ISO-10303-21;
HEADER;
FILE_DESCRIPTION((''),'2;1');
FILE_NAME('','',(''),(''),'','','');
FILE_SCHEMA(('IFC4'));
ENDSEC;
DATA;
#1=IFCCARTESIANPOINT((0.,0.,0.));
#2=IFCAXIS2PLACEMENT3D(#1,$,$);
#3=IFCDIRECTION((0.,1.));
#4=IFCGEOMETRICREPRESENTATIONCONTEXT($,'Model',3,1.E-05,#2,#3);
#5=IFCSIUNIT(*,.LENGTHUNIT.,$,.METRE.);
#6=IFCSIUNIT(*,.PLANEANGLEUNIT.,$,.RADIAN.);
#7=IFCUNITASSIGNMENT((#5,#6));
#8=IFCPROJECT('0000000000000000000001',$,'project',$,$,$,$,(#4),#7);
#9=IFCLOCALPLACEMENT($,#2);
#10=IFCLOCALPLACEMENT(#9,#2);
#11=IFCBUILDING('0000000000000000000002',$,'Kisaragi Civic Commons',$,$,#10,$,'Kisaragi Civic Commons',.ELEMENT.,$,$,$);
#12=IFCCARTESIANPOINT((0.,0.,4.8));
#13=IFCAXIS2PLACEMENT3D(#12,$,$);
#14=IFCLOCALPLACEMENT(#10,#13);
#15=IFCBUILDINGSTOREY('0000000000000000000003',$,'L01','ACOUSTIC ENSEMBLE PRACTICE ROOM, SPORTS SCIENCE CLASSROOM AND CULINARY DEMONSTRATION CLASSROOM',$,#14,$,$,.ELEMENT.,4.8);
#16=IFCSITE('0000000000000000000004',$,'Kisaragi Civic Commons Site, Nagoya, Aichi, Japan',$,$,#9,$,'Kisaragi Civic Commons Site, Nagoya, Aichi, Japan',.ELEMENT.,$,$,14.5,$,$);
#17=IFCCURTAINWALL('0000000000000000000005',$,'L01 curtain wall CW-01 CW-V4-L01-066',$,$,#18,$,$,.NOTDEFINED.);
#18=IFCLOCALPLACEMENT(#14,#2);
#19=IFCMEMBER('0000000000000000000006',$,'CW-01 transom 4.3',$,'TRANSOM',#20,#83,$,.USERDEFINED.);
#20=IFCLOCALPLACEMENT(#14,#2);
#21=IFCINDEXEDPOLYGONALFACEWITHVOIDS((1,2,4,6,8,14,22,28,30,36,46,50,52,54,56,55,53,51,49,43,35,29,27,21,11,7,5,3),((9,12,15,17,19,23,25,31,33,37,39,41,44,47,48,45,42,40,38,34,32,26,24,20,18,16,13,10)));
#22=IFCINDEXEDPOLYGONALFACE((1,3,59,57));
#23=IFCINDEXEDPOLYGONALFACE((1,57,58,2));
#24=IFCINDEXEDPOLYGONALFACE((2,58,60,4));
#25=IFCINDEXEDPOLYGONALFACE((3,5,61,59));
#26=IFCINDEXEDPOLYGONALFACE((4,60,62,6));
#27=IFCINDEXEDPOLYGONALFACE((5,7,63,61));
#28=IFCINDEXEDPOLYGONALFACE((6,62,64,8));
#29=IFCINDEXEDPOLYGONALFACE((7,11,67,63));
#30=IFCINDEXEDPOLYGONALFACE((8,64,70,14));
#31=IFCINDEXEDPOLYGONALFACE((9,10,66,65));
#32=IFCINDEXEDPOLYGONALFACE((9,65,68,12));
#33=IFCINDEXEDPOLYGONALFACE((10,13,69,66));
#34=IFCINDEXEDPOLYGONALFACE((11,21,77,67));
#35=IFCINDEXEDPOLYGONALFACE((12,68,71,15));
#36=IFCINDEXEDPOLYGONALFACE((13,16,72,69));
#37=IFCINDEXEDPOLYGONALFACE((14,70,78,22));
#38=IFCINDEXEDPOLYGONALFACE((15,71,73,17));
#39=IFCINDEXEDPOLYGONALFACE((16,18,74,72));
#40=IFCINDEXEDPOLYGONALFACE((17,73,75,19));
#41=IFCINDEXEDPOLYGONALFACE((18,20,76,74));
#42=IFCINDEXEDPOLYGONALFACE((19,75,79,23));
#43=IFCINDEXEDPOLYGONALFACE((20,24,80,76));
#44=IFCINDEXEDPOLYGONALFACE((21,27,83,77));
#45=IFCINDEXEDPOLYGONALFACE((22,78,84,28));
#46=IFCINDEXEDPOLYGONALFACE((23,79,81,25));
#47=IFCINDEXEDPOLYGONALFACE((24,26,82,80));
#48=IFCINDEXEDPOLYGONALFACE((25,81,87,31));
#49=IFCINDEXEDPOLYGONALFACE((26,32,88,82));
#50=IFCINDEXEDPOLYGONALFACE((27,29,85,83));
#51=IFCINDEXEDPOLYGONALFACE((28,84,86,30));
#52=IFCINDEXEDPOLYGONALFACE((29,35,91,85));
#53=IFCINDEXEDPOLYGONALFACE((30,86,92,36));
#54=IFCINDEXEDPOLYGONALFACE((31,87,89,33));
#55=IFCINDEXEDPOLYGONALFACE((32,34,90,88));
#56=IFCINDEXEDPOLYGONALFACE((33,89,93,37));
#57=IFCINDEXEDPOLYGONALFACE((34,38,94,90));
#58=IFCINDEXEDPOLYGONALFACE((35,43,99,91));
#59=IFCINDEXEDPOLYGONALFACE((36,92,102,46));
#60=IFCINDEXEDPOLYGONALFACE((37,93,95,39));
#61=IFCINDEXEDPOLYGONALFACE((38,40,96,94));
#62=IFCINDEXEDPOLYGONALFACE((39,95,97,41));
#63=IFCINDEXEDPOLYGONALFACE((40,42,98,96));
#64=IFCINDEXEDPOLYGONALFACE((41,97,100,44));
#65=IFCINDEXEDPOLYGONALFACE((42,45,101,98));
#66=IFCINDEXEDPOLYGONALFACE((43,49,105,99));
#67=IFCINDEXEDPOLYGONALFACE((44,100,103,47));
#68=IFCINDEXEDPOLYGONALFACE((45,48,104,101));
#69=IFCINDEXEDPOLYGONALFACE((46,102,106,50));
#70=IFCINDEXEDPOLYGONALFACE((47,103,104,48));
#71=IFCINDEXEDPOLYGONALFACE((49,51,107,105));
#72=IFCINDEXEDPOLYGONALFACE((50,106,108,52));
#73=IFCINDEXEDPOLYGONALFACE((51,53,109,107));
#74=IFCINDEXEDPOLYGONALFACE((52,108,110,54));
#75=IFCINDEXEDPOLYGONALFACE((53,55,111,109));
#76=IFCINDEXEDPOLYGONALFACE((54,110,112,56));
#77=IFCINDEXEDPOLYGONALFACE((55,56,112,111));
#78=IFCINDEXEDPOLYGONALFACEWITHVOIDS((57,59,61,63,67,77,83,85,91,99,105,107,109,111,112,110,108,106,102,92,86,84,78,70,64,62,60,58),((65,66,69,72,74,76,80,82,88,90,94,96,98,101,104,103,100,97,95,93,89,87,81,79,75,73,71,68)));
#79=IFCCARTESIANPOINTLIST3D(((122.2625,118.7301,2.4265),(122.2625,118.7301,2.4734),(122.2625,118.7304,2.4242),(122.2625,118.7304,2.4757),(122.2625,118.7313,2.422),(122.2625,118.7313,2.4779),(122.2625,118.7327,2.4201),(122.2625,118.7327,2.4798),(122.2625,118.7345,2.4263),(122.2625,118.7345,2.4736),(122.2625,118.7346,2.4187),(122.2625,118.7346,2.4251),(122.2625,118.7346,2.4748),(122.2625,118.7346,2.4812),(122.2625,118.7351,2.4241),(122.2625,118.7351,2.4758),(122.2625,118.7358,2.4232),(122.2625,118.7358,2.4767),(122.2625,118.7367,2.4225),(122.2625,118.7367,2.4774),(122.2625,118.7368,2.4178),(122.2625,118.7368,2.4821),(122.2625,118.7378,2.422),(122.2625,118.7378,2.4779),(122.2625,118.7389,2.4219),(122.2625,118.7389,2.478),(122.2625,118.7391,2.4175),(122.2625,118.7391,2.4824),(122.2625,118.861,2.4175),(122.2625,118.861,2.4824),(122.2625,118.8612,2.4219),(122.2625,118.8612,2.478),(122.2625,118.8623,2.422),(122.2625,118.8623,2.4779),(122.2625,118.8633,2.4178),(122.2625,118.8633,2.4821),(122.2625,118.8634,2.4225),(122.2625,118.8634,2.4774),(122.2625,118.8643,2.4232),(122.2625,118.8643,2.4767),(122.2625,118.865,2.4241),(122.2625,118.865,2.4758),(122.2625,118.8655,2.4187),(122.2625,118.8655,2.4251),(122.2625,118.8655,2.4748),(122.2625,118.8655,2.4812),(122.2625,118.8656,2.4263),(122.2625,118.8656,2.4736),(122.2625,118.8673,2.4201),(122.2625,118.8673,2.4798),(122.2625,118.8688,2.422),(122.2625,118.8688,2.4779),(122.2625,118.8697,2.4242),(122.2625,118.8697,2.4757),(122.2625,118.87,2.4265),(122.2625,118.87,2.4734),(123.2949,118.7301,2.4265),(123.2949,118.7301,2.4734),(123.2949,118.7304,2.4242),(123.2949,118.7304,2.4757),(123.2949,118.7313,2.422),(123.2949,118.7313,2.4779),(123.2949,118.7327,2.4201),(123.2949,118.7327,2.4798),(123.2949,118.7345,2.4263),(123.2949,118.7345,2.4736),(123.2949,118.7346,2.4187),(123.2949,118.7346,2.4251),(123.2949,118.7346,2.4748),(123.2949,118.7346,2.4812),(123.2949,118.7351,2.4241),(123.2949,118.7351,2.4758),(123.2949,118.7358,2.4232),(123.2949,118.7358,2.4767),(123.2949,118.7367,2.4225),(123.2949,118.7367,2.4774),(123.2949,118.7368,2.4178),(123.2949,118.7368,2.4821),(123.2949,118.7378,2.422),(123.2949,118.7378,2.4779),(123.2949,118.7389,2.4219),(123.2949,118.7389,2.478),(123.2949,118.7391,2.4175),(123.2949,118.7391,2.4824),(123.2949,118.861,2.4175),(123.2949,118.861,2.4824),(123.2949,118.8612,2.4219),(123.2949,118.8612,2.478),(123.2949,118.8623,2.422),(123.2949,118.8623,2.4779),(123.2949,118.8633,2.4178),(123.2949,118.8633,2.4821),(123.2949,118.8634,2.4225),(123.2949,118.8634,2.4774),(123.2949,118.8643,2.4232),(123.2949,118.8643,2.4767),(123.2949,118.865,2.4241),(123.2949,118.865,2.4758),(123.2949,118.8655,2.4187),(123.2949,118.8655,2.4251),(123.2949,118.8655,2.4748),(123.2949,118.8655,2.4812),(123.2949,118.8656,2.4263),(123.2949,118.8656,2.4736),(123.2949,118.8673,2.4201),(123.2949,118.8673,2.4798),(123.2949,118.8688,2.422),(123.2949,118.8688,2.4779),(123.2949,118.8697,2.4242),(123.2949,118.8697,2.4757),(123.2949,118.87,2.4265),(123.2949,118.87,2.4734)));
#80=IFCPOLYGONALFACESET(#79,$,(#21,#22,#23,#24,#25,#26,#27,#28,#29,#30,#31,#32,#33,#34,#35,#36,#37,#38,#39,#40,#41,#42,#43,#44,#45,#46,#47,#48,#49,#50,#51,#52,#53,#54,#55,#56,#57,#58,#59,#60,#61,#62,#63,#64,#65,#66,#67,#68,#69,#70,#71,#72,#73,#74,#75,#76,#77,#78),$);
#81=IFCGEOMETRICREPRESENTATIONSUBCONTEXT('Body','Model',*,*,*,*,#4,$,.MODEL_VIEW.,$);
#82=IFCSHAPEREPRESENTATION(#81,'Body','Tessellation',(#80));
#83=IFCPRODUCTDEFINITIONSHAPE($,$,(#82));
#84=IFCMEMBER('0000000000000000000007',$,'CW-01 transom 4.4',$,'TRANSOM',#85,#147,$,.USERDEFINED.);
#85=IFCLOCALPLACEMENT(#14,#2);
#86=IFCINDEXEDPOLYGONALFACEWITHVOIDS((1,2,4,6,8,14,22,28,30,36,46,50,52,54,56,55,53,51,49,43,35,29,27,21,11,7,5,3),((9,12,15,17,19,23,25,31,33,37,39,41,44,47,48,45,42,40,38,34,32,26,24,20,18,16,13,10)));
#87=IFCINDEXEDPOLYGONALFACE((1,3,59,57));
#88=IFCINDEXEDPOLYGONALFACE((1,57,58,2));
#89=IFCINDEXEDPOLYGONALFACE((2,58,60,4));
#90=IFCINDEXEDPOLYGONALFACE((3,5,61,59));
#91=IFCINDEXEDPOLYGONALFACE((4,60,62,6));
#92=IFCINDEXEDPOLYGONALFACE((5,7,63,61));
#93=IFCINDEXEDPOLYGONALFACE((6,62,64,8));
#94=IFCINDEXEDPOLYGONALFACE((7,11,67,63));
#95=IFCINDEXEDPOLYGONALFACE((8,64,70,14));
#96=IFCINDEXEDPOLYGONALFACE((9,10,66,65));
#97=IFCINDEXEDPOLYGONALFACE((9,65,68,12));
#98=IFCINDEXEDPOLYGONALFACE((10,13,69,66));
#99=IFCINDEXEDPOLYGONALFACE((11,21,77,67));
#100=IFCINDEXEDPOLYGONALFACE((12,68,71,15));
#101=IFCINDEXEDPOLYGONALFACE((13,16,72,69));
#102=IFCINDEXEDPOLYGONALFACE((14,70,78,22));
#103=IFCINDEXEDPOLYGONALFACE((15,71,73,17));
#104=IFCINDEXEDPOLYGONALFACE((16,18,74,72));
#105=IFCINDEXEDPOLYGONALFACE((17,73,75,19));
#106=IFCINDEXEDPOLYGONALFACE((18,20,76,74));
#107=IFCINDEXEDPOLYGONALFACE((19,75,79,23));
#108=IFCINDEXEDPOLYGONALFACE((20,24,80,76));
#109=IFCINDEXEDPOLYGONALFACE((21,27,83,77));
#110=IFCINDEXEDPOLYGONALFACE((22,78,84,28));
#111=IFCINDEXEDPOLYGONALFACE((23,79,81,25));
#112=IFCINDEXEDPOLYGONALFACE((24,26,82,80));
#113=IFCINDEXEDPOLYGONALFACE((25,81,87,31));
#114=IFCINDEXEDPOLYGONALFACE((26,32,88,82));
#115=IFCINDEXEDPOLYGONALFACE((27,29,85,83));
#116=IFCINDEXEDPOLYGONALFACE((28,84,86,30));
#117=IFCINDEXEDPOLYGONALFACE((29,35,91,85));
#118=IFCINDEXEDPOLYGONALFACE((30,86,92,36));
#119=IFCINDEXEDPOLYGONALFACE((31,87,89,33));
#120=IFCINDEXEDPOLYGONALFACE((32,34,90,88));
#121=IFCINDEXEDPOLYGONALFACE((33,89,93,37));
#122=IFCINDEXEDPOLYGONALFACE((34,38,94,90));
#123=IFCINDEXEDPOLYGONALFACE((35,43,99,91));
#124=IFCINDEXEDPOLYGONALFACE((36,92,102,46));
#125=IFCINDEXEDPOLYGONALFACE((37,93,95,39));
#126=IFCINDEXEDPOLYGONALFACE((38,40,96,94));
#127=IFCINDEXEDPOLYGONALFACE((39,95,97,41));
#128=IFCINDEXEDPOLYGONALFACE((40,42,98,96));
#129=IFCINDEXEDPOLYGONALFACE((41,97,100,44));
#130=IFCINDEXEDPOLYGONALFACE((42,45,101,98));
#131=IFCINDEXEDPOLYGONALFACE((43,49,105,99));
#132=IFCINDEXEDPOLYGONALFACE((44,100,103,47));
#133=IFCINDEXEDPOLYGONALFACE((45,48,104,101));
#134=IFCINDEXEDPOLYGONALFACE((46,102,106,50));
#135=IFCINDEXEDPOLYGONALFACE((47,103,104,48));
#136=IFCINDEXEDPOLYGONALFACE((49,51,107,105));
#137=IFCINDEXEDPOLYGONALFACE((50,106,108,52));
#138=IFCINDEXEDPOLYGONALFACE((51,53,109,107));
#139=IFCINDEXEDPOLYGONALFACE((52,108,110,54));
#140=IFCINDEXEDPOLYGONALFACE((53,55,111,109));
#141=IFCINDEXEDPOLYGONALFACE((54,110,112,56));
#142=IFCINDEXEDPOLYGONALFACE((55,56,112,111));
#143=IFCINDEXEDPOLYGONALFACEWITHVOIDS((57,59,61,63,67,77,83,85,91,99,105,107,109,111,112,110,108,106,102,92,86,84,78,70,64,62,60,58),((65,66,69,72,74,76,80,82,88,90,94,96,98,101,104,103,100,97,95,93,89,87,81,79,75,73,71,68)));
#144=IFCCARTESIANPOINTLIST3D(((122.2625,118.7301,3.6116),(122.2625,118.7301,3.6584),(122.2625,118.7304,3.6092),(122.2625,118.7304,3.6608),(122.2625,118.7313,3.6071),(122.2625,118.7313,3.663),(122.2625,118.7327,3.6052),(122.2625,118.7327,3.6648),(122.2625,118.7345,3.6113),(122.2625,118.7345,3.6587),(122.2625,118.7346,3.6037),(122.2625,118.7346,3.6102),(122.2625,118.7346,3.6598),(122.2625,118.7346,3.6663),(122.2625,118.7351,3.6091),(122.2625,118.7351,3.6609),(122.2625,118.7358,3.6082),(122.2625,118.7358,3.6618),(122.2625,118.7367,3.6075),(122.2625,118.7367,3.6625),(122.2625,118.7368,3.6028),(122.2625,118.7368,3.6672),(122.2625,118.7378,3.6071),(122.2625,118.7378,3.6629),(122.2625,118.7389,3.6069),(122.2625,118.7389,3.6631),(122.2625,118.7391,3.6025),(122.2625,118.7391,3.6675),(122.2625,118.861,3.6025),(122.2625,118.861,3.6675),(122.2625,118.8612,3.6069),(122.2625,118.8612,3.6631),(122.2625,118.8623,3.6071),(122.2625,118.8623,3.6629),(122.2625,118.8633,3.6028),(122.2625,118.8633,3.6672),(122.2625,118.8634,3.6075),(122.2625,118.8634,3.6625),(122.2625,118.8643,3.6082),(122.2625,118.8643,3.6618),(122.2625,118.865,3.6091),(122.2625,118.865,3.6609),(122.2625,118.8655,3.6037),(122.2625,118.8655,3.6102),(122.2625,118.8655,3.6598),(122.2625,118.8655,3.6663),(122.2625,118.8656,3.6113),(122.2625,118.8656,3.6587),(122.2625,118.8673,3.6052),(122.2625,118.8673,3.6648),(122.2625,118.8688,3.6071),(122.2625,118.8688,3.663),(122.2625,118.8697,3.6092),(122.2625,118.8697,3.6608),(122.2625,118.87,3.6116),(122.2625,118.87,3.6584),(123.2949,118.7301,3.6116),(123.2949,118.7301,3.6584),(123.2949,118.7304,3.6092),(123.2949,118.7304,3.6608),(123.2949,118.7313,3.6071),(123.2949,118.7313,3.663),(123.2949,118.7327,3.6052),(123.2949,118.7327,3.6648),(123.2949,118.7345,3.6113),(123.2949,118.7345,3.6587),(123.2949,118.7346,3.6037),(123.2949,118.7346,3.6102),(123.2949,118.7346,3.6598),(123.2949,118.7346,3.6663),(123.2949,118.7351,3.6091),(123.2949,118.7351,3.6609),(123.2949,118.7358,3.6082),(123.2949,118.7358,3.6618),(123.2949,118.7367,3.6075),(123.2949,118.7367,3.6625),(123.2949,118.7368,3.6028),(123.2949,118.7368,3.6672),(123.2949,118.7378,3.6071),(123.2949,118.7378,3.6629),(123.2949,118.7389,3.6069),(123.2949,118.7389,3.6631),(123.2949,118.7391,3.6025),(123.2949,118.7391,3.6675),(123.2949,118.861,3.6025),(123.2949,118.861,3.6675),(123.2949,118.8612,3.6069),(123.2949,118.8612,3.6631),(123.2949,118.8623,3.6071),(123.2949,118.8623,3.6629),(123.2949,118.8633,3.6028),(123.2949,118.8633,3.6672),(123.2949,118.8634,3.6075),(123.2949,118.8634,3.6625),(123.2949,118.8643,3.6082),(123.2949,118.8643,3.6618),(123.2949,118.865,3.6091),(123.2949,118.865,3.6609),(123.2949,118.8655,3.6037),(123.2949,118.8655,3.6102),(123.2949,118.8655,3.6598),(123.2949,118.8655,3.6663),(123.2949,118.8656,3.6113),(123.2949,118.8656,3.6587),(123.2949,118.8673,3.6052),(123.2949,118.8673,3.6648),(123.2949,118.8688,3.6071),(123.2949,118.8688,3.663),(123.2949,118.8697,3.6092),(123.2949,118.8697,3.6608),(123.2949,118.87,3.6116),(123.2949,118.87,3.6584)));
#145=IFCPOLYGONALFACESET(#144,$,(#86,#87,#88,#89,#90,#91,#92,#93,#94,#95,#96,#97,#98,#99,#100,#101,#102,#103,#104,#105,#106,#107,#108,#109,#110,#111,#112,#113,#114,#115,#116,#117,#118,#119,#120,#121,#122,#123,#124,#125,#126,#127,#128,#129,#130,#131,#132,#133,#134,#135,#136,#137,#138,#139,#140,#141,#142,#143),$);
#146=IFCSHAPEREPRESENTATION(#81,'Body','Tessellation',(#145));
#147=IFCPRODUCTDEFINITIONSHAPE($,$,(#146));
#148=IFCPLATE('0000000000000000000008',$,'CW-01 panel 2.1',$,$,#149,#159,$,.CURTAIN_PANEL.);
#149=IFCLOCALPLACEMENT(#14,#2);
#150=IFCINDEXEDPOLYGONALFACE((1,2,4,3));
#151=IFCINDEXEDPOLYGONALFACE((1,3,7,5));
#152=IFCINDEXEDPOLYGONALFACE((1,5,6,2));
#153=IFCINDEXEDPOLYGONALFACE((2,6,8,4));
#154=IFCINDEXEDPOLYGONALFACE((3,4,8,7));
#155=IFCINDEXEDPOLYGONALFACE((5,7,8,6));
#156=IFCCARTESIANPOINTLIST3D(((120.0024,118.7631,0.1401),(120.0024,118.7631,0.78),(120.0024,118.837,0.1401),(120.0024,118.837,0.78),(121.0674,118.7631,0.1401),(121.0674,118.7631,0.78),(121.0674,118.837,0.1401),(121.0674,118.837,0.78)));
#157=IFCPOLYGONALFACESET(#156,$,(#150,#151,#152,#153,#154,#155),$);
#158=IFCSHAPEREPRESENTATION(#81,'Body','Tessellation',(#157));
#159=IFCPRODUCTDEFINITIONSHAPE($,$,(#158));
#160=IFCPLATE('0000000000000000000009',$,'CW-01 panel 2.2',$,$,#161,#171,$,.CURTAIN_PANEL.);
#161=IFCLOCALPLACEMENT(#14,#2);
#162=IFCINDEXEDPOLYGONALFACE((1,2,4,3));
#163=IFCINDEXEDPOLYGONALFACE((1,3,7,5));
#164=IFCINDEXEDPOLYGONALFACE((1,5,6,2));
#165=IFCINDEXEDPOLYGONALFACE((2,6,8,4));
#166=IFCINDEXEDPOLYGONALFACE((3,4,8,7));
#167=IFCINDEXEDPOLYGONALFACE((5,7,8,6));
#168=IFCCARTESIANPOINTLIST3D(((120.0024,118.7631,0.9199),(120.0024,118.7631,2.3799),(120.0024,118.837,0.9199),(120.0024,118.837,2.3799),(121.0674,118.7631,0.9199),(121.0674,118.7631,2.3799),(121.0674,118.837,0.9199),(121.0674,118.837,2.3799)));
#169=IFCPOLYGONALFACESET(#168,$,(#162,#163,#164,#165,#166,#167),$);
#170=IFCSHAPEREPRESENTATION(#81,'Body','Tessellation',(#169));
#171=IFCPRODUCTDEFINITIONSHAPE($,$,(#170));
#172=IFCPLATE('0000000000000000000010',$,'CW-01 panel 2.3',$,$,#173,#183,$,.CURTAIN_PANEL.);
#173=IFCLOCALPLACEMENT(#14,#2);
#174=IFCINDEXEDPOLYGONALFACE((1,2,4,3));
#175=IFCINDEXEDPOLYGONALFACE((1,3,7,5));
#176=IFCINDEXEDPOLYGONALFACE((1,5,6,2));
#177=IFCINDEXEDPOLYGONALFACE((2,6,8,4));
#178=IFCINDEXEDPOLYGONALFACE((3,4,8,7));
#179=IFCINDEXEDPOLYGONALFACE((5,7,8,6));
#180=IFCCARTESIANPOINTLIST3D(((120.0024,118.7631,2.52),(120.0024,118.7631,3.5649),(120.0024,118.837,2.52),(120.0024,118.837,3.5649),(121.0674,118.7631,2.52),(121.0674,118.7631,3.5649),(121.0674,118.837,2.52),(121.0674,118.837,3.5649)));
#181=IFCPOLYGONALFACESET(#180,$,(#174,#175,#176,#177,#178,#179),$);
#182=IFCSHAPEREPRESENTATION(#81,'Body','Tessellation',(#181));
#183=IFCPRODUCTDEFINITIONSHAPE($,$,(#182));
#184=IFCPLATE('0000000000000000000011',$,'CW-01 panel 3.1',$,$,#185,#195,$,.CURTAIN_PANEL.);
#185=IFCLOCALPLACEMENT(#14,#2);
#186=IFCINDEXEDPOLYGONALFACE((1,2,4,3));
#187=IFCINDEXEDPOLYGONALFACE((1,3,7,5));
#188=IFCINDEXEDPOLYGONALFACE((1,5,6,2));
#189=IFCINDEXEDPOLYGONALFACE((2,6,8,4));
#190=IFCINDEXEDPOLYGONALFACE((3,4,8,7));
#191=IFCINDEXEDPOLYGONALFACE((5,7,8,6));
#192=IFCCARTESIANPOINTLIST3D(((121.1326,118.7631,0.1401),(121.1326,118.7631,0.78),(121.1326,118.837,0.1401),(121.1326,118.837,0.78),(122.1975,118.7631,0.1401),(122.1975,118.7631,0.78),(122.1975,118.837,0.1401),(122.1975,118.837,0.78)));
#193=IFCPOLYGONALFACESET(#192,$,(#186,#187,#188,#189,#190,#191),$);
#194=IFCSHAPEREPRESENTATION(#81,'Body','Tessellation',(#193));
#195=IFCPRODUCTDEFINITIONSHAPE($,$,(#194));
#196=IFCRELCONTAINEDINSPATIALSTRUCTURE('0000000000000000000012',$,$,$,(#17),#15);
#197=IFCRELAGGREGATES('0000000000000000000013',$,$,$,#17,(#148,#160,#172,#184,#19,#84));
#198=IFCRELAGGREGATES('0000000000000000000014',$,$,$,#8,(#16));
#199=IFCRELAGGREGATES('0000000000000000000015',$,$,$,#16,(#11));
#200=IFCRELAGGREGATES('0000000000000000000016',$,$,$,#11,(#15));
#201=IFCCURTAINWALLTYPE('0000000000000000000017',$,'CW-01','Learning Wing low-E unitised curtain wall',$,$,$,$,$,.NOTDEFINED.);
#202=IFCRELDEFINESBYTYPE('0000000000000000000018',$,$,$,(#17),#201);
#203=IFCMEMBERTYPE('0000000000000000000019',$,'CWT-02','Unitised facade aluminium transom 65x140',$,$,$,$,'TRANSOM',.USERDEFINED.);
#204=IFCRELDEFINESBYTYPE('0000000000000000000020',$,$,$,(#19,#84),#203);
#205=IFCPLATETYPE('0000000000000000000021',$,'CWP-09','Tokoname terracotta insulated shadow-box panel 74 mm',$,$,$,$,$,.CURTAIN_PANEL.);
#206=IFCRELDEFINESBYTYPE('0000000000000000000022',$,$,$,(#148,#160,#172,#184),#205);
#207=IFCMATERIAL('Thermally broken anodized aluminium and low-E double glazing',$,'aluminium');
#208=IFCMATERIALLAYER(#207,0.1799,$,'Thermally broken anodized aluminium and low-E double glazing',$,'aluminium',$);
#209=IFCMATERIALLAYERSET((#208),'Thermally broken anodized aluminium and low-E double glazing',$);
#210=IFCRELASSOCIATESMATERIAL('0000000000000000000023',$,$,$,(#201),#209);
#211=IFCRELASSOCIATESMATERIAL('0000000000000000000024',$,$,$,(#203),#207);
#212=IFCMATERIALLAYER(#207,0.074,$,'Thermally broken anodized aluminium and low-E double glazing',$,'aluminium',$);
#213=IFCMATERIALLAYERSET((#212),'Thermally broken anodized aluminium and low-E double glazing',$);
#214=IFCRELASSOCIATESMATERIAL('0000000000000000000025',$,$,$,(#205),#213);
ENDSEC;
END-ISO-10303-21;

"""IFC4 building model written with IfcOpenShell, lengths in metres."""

from ifc_helpers import new_model, si_unit, direction, frame, origin, origin_2d, place, context, subcontext, project, spatial, rectangle, hollow_rectangle, extrude, material, layer, layer_set, material_profile, profile_set, type_object, element, aggregate, save


model = new_model("IFC4")

# Units and contexts
model_context = context("Model", 3, precision=1e-05, world=origin(), true_north=direction((0.0, 1.0)))
body_context = subcontext(model_context, "Body", "Model", "MODEL_VIEW")
ifc_project = project(units=[si_unit("LENGTHUNIT", "METRE"), si_unit("PLANEANGLEUNIT", "RADIAN")], contexts=[model_context])

# Site, building, storey
site_placement = place(None, origin())
site = spatial("IfcSite", under=ifc_project, at=site_placement, Name="Kisaragi Civic Commons Site, Nagoya, Aichi, Japan", LongName="Kisaragi Civic Commons Site, Nagoya, Aichi, Japan", CompositionType="ELEMENT", RefElevation=14.5)
building_placement = place(site_placement, origin())
building = spatial("IfcBuilding", under=site, at=building_placement, Name="Kisaragi Civic Commons", LongName="Kisaragi Civic Commons", CompositionType="ELEMENT")
storey_placement = place(building_placement, frame((0.0, 0.0, 4.8)))
storey = spatial("IfcBuildingStorey", under=building, at=storey_placement, Name="L01", Description="ACOUSTIC ENSEMBLE PRACTICE ROOM, SPORTS SCIENCE CLASSROOM AND CULINARY DEMONSTRATION CLASSROOM", CompositionType="ELEMENT", Elevation=4.8)

# Curtain wall, members, plates
ifc_material = material(Name="Thermally broken anodized aluminium and low-E double glazing", Category="aluminium")
ifc_layer_1 = layer(ifc_material, 0.1799, Name="Thermally broken anodized aluminium and low-E double glazing", Category="aluminium")
ifc_layer_set_1 = layer_set([ifc_layer_1], Name="Thermally broken anodized aluminium and low-E double glazing")
curtain_wall_type = type_object("IfcCurtainWallType", Name="CW-01", Description="Learning Wing low-E unitised curtain wall", PredefinedType="NOTDEFINED", material=ifc_layer_set_1)
curtain_wall_placement = place(storey_placement, origin())
curtain_wall = element("IfcCurtainWall", 1, at=curtain_wall_placement, inside=storey, type_object=curtain_wall_type, Name="L01 curtain wall CW-01 CW-V4-L01-066", PredefinedType="NOTDEFINED")
ifc_material_profile_1 = material_profile(ifc_material, hollow_rectangle(XDim=0.1399, YDim=0.0649, WallThickness=0.0044, InnerFilletRadius=0.0044, OuterFilletRadius=0.009, at=origin_2d()), Name="CWT-65x140x4.5", Category="aluminium")
ifc_profile_set_1 = profile_set([ifc_material_profile_1], Name="Thermally broken anodized aluminium and low-E double glazing")
member_type_1 = type_object("IfcMemberType", Name="CWT-02", Description="Unitised facade aluminium transom 65x140", ElementType="TRANSOM", PredefinedType="USERDEFINED", material=ifc_profile_set_1)
member_1_placement = place(storey_placement, frame((122.2625, 118.8, 2.45), z_axis=(1.0, 0.0, 0.0), x_axis=(0.0, 1.0, 0.0)))
member_1 = element("IfcMember", 2, at=member_1_placement, type_object=member_type_1, Name="CW-01 transom 4.3", ObjectType="TRANSOM", PredefinedType="USERDEFINED", context=body_context, shape_type="SweptSolid", body=[
    extrude(hollow_rectangle(XDim=0.1399, YDim=0.0649, WallThickness=0.0044, InnerFilletRadius=0.0044, OuterFilletRadius=0.009, at=origin_2d()), origin(), (0.0, 0.0, 1.0), 1.0325),
])
member_2_placement = place(storey_placement, frame((122.2625, 118.8, 3.635), z_axis=(1.0, 0.0, 0.0), x_axis=(0.0, 1.0, 0.0)))
member_2 = element("IfcMember", 3, at=member_2_placement, type_object=member_type_1, Name="CW-01 transom 4.4", ObjectType="TRANSOM", PredefinedType="USERDEFINED", context=body_context, shape_type="SweptSolid", body=[
    extrude(hollow_rectangle(XDim=0.1399, YDim=0.0649, WallThickness=0.0044, InnerFilletRadius=0.0044, OuterFilletRadius=0.009, at=origin_2d()), origin(), (0.0, 0.0, 1.0), 1.0325),
])
ifc_layer_2 = layer(ifc_material, 0.074, Name="Thermally broken anodized aluminium and low-E double glazing", Category="aluminium")
ifc_layer_set_2 = layer_set([ifc_layer_2], Name="Thermally broken anodized aluminium and low-E double glazing")
plate_type = type_object("IfcPlateType", Name="CWP-09", Description="Tokoname terracotta insulated shadow-box panel 74 mm", PredefinedType="CURTAIN_PANEL", material=ifc_layer_set_2)
plate_1_placement = place(storey_placement, frame((120.5349, 118.8, 0.1401), z_axis=(0.0, 0.0, 1.0), x_axis=(1.0, 0.0, 0.0)))
plate_1 = element("IfcPlate", 4, at=plate_1_placement, type_object=plate_type, Name="CW-01 panel 2.1", PredefinedType="CURTAIN_PANEL", context=body_context, shape_type="SweptSolid", body=[
    extrude(rectangle(XDim=1.0649, YDim=0.074, at=origin_2d()), origin(), (0.0, 0.0, 1.0), 0.6399),
])
plate_2_placement = place(storey_placement, frame((120.5349, 118.8, 0.9199), z_axis=(0.0, 0.0, 1.0), x_axis=(1.0, 0.0, 0.0)))
plate_2 = element("IfcPlate", 5, at=plate_2_placement, type_object=plate_type, Name="CW-01 panel 2.2", PredefinedType="CURTAIN_PANEL", context=body_context, shape_type="SweptSolid", body=[
    extrude(rectangle(XDim=1.0649, YDim=0.074, at=origin_2d()), origin(), (0.0, 0.0, 1.0), 1.46),
])
plate_3_placement = place(storey_placement, frame((120.5349, 118.8, 2.52), z_axis=(0.0, 0.0, 1.0), x_axis=(1.0, 0.0, 0.0)))
plate_3 = element("IfcPlate", 6, at=plate_3_placement, type_object=plate_type, Name="CW-01 panel 2.3", PredefinedType="CURTAIN_PANEL", context=body_context, shape_type="SweptSolid", body=[
    extrude(rectangle(XDim=1.0649, YDim=0.074, at=origin_2d()), origin(), (0.0, 0.0, 1.0), 1.0449),
])
plate_4_placement = place(storey_placement, frame((121.665, 118.8, 0.1401), z_axis=(0.0, 0.0, 1.0), x_axis=(1.0, 0.0, 0.0)))
plate_4 = element("IfcPlate", 7, at=plate_4_placement, type_object=plate_type, Name="CW-01 panel 3.1", PredefinedType="CURTAIN_PANEL", context=body_context, shape_type="SweptSolid", body=[
    extrude(rectangle(XDim=1.0649, YDim=0.074, at=origin_2d()), origin(), (0.0, 0.0, 1.0), 0.6399),
])
aggregate(curtain_wall, [plate_1, plate_2, plate_3, plate_4, member_1, member_2])

save(model, "model.ifc")
